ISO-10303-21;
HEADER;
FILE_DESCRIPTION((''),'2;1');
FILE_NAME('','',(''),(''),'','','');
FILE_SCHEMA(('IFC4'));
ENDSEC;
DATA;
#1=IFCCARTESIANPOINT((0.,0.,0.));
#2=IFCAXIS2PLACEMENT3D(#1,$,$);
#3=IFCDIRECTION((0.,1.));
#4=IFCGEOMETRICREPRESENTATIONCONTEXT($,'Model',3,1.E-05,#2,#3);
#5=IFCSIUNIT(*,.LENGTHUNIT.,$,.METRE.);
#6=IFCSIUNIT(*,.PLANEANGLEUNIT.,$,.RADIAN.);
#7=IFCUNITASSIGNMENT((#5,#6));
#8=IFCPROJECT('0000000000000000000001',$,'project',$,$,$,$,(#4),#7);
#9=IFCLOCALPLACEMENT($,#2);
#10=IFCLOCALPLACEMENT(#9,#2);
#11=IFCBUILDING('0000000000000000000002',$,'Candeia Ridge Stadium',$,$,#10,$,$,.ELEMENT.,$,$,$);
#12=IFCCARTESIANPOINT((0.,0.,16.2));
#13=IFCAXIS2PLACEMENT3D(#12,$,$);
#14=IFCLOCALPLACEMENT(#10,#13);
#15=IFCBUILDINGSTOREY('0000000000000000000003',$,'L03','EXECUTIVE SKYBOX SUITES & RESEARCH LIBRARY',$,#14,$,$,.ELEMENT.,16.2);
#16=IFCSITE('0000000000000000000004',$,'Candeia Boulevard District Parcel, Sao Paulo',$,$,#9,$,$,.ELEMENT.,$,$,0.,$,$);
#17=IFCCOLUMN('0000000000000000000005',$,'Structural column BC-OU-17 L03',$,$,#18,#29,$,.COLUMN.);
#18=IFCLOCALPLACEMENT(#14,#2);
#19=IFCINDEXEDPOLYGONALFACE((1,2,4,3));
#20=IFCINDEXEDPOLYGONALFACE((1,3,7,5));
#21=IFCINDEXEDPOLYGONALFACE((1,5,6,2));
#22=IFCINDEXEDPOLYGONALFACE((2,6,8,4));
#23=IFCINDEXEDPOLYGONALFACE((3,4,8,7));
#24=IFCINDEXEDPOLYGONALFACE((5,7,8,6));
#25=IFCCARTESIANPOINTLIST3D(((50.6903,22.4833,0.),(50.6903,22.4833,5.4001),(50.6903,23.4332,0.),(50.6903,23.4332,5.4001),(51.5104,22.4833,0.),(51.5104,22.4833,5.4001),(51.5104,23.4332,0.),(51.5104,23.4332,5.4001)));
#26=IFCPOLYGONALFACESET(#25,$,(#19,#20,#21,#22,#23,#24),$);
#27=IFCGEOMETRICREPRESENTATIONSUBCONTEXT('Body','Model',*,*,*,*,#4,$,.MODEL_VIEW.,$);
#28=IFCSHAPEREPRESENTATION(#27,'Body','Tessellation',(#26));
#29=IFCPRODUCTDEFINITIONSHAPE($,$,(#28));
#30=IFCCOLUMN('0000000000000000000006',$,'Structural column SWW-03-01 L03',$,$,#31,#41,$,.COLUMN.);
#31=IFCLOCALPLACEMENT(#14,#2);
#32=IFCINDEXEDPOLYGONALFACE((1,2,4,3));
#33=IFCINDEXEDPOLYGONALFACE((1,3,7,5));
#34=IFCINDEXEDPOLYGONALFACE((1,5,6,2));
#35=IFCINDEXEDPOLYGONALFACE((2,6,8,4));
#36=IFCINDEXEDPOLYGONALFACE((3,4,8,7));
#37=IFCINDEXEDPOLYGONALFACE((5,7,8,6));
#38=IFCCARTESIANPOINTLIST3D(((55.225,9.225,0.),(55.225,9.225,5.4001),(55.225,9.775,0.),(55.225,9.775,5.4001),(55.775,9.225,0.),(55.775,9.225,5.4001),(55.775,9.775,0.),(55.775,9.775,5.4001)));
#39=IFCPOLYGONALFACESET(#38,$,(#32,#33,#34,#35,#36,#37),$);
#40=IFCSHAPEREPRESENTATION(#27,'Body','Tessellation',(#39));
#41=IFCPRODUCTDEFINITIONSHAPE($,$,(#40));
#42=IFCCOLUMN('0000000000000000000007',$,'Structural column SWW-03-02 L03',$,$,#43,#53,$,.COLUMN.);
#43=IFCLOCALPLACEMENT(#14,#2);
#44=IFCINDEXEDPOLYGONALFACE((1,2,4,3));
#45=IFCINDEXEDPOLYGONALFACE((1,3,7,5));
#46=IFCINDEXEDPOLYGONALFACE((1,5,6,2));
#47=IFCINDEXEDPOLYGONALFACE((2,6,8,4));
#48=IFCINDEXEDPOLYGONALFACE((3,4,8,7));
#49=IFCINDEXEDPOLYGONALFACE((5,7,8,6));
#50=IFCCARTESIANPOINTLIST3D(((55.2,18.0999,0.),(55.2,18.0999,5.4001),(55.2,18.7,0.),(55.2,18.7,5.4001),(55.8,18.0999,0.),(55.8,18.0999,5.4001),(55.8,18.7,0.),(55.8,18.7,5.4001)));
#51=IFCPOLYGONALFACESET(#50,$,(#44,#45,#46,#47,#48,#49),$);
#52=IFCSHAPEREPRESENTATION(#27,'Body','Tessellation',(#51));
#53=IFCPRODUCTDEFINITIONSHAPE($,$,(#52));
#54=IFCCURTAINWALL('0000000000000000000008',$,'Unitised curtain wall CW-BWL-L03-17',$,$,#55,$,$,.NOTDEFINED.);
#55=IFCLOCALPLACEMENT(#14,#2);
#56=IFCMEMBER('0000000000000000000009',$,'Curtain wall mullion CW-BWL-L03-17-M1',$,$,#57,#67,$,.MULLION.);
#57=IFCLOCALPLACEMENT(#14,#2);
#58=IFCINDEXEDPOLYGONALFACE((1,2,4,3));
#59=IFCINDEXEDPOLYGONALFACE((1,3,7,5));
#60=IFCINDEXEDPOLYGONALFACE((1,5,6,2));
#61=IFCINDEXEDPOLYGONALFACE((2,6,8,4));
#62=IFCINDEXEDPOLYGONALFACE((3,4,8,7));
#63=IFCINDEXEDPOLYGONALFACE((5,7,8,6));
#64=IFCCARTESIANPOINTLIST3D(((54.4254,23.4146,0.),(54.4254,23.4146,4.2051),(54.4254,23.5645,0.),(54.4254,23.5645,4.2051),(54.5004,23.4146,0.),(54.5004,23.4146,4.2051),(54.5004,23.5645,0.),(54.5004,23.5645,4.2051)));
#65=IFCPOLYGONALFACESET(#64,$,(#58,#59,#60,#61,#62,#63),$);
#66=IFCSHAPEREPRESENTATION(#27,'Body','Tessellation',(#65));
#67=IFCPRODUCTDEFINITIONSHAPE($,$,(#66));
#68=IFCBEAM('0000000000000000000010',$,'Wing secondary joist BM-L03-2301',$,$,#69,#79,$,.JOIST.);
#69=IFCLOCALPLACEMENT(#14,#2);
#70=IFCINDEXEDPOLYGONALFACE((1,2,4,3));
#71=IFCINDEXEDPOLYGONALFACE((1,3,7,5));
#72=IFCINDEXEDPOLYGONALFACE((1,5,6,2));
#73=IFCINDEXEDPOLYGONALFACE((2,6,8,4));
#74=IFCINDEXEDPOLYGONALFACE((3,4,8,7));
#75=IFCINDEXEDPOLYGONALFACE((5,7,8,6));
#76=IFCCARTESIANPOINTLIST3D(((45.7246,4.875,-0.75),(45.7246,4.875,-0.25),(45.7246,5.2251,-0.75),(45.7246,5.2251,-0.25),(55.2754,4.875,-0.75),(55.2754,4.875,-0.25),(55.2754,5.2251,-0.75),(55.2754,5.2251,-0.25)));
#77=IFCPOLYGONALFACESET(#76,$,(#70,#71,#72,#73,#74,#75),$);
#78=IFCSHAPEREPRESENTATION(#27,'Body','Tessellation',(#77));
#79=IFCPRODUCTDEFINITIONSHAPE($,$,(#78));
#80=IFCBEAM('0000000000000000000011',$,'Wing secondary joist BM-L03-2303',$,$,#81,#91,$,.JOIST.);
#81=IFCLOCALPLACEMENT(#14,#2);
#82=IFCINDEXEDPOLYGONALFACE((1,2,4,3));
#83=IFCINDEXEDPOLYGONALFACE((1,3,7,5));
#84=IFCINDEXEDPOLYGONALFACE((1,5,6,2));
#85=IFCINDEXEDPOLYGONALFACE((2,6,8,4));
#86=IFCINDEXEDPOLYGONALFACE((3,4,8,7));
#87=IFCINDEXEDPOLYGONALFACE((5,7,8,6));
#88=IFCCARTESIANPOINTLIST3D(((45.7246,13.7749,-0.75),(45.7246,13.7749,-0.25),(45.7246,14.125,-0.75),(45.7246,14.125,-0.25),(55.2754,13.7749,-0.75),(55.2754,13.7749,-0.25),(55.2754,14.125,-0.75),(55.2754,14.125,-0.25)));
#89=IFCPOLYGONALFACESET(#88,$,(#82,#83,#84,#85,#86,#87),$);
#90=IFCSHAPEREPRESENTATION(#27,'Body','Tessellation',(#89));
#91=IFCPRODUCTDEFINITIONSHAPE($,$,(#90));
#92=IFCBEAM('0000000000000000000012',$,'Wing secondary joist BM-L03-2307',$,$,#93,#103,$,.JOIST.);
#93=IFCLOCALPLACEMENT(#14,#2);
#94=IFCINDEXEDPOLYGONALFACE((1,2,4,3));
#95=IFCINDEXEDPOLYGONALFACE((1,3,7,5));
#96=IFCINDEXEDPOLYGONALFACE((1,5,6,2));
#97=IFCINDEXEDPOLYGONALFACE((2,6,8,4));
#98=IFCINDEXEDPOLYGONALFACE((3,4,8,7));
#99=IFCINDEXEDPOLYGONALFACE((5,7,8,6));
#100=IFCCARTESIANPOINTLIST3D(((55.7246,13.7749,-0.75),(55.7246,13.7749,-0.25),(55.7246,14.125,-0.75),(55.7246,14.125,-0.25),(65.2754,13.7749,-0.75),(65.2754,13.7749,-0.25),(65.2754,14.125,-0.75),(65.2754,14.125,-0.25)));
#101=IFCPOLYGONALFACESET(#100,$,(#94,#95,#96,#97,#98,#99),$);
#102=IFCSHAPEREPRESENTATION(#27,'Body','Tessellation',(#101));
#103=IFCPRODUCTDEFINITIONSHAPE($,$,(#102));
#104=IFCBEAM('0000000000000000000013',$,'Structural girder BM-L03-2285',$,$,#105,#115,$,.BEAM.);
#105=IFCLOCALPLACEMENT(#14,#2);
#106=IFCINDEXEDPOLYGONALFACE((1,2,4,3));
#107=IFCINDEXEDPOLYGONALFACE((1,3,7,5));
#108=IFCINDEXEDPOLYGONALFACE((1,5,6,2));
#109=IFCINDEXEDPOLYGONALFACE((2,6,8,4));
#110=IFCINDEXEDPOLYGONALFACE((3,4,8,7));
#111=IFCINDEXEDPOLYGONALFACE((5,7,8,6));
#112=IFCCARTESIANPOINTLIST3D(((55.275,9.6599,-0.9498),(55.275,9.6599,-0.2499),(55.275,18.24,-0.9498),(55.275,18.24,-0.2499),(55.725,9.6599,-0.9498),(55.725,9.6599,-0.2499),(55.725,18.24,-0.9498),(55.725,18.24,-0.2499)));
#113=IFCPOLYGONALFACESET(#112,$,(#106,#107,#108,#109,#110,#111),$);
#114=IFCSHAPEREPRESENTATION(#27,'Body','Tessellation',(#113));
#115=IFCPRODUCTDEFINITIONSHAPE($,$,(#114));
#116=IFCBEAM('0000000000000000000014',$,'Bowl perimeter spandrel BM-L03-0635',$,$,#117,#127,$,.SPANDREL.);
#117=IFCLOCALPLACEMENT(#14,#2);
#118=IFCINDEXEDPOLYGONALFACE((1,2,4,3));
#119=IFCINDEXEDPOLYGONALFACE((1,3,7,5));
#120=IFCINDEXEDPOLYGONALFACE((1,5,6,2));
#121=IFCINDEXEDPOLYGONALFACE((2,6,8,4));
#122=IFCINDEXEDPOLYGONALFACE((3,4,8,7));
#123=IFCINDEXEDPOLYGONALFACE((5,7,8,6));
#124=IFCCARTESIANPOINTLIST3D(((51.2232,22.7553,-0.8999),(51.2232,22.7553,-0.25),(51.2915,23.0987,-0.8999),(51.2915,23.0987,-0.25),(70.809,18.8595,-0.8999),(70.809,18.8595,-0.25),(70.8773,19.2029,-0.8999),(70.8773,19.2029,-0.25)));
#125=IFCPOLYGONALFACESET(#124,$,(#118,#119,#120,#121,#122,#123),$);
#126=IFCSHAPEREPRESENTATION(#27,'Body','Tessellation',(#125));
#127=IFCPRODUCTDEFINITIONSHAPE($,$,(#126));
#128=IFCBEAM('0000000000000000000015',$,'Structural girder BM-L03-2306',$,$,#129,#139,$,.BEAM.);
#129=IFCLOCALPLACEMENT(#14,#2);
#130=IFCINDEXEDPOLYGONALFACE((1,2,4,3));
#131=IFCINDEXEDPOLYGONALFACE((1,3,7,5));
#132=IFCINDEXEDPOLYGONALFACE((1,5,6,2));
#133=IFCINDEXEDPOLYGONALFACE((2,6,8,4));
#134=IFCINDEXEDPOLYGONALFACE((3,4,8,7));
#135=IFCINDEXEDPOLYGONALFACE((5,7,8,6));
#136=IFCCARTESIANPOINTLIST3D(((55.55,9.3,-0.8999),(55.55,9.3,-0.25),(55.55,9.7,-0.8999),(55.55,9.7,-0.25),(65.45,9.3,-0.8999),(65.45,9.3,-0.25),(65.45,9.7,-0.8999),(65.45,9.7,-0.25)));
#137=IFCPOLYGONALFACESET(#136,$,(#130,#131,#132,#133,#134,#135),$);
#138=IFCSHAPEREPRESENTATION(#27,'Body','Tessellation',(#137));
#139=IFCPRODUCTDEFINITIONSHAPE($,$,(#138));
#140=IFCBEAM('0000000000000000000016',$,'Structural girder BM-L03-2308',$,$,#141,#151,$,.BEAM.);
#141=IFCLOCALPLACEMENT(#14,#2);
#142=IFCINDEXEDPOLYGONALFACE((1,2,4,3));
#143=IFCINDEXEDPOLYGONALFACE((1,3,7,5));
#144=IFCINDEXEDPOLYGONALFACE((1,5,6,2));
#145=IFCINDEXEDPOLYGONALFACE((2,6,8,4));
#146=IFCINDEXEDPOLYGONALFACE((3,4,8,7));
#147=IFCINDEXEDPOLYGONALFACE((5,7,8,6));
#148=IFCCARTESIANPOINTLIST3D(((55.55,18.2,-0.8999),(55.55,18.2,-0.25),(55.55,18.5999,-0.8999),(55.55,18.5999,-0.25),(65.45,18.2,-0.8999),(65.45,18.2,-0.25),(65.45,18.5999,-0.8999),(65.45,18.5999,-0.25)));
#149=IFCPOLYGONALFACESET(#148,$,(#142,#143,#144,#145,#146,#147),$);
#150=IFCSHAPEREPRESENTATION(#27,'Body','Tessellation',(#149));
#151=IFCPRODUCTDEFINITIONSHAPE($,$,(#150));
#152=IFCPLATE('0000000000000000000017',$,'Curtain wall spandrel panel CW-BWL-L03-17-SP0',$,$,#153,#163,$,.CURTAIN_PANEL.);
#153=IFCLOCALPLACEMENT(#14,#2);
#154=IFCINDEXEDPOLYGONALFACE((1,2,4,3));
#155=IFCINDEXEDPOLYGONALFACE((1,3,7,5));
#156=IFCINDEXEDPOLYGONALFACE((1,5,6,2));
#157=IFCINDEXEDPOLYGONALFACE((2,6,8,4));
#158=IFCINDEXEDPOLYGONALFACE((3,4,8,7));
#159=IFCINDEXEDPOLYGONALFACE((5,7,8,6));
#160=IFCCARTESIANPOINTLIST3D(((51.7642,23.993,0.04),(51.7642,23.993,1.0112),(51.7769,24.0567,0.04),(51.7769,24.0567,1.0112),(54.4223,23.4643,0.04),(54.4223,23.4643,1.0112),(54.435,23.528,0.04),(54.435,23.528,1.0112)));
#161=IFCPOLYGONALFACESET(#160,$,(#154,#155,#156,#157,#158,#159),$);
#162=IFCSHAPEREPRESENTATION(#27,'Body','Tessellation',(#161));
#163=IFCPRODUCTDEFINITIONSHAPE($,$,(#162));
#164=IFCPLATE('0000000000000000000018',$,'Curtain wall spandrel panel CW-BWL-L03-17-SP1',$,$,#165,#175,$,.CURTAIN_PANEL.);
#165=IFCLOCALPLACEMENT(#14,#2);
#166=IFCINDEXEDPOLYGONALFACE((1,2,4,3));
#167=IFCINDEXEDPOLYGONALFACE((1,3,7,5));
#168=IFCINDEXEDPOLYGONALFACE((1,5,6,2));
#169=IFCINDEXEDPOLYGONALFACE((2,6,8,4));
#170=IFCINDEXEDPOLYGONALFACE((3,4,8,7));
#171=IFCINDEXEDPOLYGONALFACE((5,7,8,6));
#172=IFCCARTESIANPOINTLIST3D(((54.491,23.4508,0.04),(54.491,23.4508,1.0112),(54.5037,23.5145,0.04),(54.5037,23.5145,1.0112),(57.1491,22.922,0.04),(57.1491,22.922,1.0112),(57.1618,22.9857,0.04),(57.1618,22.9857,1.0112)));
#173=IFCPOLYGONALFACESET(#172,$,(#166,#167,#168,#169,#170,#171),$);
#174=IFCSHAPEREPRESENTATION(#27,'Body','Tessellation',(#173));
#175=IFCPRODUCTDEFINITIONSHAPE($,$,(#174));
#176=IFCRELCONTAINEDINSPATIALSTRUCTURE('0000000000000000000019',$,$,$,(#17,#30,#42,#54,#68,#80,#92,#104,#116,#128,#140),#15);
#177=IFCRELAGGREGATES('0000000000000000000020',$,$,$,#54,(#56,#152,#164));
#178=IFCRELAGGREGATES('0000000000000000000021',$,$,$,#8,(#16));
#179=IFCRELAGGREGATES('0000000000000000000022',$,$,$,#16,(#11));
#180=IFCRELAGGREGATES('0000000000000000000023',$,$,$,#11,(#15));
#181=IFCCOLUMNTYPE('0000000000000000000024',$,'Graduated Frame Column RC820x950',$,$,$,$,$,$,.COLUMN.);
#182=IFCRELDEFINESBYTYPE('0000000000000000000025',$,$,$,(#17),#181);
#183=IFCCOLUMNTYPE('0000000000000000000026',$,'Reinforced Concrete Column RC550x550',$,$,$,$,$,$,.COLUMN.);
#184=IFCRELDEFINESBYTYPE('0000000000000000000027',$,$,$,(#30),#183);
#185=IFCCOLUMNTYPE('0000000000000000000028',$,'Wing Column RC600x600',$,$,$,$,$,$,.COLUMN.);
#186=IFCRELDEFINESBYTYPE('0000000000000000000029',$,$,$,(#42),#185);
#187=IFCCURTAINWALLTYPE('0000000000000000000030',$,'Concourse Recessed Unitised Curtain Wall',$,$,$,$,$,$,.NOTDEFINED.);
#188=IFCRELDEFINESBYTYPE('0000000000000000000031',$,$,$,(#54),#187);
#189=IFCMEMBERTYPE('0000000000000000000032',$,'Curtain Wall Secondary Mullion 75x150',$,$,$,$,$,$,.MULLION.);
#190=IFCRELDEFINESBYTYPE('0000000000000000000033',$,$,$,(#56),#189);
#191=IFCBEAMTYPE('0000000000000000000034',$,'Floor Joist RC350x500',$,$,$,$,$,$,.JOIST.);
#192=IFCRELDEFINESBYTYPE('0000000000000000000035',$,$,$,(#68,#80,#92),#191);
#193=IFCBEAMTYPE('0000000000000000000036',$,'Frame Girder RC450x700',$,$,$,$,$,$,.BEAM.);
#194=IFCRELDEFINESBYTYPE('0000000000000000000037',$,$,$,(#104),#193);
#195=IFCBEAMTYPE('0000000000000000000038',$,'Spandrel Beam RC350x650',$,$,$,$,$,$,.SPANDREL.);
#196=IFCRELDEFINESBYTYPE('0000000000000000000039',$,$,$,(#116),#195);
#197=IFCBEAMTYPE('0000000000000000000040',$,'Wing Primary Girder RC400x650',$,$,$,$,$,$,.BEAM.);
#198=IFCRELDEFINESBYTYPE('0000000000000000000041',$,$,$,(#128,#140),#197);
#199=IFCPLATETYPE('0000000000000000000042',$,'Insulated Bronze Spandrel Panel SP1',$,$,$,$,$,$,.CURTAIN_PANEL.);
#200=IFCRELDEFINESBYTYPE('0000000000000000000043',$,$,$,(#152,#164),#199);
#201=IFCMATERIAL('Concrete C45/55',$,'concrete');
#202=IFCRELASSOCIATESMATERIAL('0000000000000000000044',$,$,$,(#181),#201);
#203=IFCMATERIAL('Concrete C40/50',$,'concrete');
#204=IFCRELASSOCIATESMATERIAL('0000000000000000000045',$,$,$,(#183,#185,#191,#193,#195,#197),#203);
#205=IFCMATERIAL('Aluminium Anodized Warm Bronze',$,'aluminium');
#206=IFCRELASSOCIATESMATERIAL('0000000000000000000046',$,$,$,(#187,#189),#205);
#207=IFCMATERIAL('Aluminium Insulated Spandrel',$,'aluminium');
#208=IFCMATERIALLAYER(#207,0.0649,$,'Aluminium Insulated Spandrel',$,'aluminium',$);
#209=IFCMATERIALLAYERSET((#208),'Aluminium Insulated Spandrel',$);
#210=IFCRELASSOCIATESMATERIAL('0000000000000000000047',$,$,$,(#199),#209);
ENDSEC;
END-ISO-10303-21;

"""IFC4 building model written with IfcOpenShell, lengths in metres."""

from ifc_helpers import new_model, si_unit, direction, frame, origin, origin_2d, place, context, subcontext, project, spatial, rectangle, extrude, material, layer, layer_set, material_profile, profile_set, type_object, element, aggregate, save


model = new_model("IFC4")

# Units and contexts
model_context = context("Model", 3, precision=1e-05, world=origin(), true_north=direction((0.0, 1.0)))
body_context = subcontext(model_context, "Body", "Model", "MODEL_VIEW")
ifc_project = project(units=[si_unit("LENGTHUNIT", "METRE"), si_unit("PLANEANGLEUNIT", "RADIAN")], contexts=[model_context])

# Site, building, storey
site_placement = place(None, origin())
site = spatial("IfcSite", under=ifc_project, at=site_placement, Name="Candeia Boulevard District Parcel, Sao Paulo", CompositionType="ELEMENT", RefElevation=0.0)
building_placement = place(site_placement, origin())
building = spatial("IfcBuilding", under=site, at=building_placement, Name="Candeia Ridge Stadium", CompositionType="ELEMENT")
storey_placement = place(building_placement, frame((0.0, 0.0, 16.2)))
storey = spatial("IfcBuildingStorey", under=building, at=storey_placement, Name="L03", Description="EXECUTIVE SKYBOX SUITES & RESEARCH LIBRARY", CompositionType="ELEMENT", Elevation=16.2)

# Columns
ifc_material_1 = material(Name="Concrete C45/55", Category="concrete")
ifc_material_profile_1 = material_profile(ifc_material_1, rectangle(XDim=0.8201, YDim=0.95, at=origin_2d()), Name="RC820x950", Category="concrete")
ifc_profile_set_1 = profile_set([ifc_material_profile_1], Name="Concrete C45/55")
column_type_1 = type_object("IfcColumnType", Name="Graduated Frame Column RC820x950", PredefinedType="COLUMN", material=ifc_profile_set_1)
column_1_placement = place(storey_placement, frame((51.1003, 22.9583, 0.0), z_axis=(0.0, 0.0, 1.0), x_axis=(1.0, 0.0, 0.0)))
element("IfcColumn", 1, at=column_1_placement, inside=storey, type_object=column_type_1, Name="Structural column BC-OU-17 L03", PredefinedType="COLUMN", context=body_context, shape_type="SweptSolid", body=[
    extrude(rectangle(XDim=0.8201, YDim=0.95, at=origin_2d()), origin(), (0.0, 0.0, 1.0), 5.4001),
])
ifc_material_2 = material(Name="Concrete C40/50", Category="concrete")
ifc_material_profile_2 = material_profile(ifc_material_2, rectangle(XDim=0.55, YDim=0.55, at=origin_2d()), Name="RC550x550", Category="concrete")
ifc_profile_set_2 = profile_set([ifc_material_profile_2], Name="Concrete C40/50")
column_type_2 = type_object("IfcColumnType", Name="Reinforced Concrete Column RC550x550", PredefinedType="COLUMN", material=ifc_profile_set_2)
column_2_placement = place(storey_placement, frame((55.5, 9.5, 0.0), z_axis=(0.0, 0.0, 1.0), x_axis=(1.0, 0.0, 0.0)))
element("IfcColumn", 2, at=column_2_placement, inside=storey, type_object=column_type_2, Name="Structural column SWW-03-01 L03", PredefinedType="COLUMN", context=body_context, shape_type="SweptSolid", body=[
    extrude(rectangle(XDim=0.55, YDim=0.55, at=origin_2d()), origin(), (0.0, 0.0, 1.0), 5.4001),
])
ifc_material_profile_3 = material_profile(ifc_material_2, rectangle(XDim=0.6001, YDim=0.6001, at=origin_2d()), Name="RC600x600", Category="concrete")
ifc_profile_set_3 = profile_set([ifc_material_profile_3], Name="Concrete C40/50")
column_type_3 = type_object("IfcColumnType", Name="Wing Column RC600x600", PredefinedType="COLUMN", material=ifc_profile_set_3)
column_3_placement = place(storey_placement, frame((55.5, 18.3999, 0.0), z_axis=(0.0, 0.0, 1.0), x_axis=(1.0, 0.0, 0.0)))
element("IfcColumn", 3, at=column_3_placement, inside=storey, type_object=column_type_3, Name="Structural column SWW-03-02 L03", PredefinedType="COLUMN", context=body_context, shape_type="SweptSolid", body=[
    extrude(rectangle(XDim=0.6001, YDim=0.6001, at=origin_2d()), origin(), (0.0, 0.0, 1.0), 5.4001),
])

# Curtain wall, member
ifc_material_3 = material(Name="Aluminium Anodized Warm Bronze", Category="aluminium")
curtain_wall_type = type_object("IfcCurtainWallType", Name="Concourse Recessed Unitised Curtain Wall", PredefinedType="NOTDEFINED", material=ifc_material_3)
curtain_wall_placement = place(storey_placement, origin())
curtain_wall = element("IfcCurtainWall", 4, at=curtain_wall_placement, inside=storey, type_object=curtain_wall_type, Name="Unitised curtain wall CW-BWL-L03-17", PredefinedType="NOTDEFINED")
ifc_material_profile_4 = material_profile(ifc_material_3, rectangle(XDim=0.075, YDim=0.1499, at=origin_2d()), Name="CWM-75x150", Category="aluminium")
ifc_profile_set_4 = profile_set([ifc_material_profile_4], Name="Aluminium Anodized Warm Bronze")
member_type = type_object("IfcMemberType", Name="Curtain Wall Secondary Mullion 75x150", PredefinedType="MULLION", material=ifc_profile_set_4)
member_placement = place(storey_placement, frame((54.4629, 23.4895, 0.0), z_axis=(0.0, 0.0, 1.0), x_axis=(1.0, 0.0, 0.0)))
member = element("IfcMember", 5, at=member_placement, type_object=member_type, Name="Curtain wall mullion CW-BWL-L03-17-M1", PredefinedType="MULLION", context=body_context, shape_type="SweptSolid", body=[
    extrude(rectangle(XDim=0.075, YDim=0.1499, at=origin_2d()), origin(), (0.0, 0.0, 1.0), 4.2051),
])

# Beams
ifc_material_profile_5 = material_profile(ifc_material_2, rectangle(XDim=0.3501, YDim=0.5, at=origin_2d()), Name="RC350x500", Category="concrete")
ifc_profile_set_5 = profile_set([ifc_material_profile_5], Name="Concrete C40/50")
beam_type_1 = type_object("IfcBeamType", Name="Floor Joist RC350x500", PredefinedType="JOIST", material=ifc_profile_set_5)
for number, where, z_axis, x_axis, name in (
    (6, (45.7246, 5.05, -0.5), (1.0, 0.0, 0.0), (0.0, 1.0, 0.0), "Wing secondary joist BM-L03-2301"),
    (7, (45.7246, 13.95, -0.5), (1.0, 0.0, 0.0), (0.0, 1.0, 0.0), "Wing secondary joist BM-L03-2303"),
    (8, (55.7246, 13.95, -0.5), (1.0, 0.0, 0.0), (0.0, 1.0, 0.0), "Wing secondary joist BM-L03-2307"),
):
    element("IfcBeam", number, at=place(storey_placement, frame(where, z_axis=z_axis, x_axis=x_axis)), inside=storey, type_object=beam_type_1, Name=name, PredefinedType="JOIST", context=body_context, shape_type="SweptSolid", body=[
        extrude(rectangle(XDim=0.3501, YDim=0.5, at=origin_2d()), origin(), (0.0, 0.0, 1.0), 9.5508),
    ])
ifc_material_profile_6 = material_profile(ifc_material_2, rectangle(XDim=0.45, YDim=0.7, at=origin_2d()), Name="RC450x700", Category="concrete")
ifc_profile_set_6 = profile_set([ifc_material_profile_6], Name="Concrete C40/50")
beam_type_2 = type_object("IfcBeamType", Name="Frame Girder RC450x700", PredefinedType="BEAM", material=ifc_profile_set_6)
beam_1_placement = place(storey_placement, frame((55.5, 9.6599, -0.5999), z_axis=(0.0, 1.0, 0.0), x_axis=(-1.0, 0.0, 0.0)))
element("IfcBeam", 9, at=beam_1_placement, inside=storey, type_object=beam_type_2, Name="Structural girder BM-L03-2285", PredefinedType="BEAM", context=body_context, shape_type="SweptSolid", body=[
    extrude(rectangle(XDim=0.45, YDim=0.7, at=origin_2d()), origin(), (0.0, 0.0, 1.0), 8.5801),
])
ifc_material_profile_7 = material_profile(ifc_material_2, rectangle(XDim=0.3501, YDim=0.6499, at=origin_2d()), Name="RC350x650", Category="concrete")
ifc_profile_set_7 = profile_set([ifc_material_profile_7], Name="Concrete C40/50")
beam_type_3 = type_object("IfcBeamType", Name="Spandrel Beam RC350x650", PredefinedType="SPANDREL", material=ifc_profile_set_7)
beam_2_placement = place(storey_placement, frame((51.2573, 22.927, -0.575), z_axis=(0.980786, -0.195086, 0.0), x_axis=(0.195086, 0.980786, 0.0)))
element("IfcBeam", 10, at=beam_2_placement, inside=storey, type_object=beam_type_3, Name="Bowl perimeter spandrel BM-L03-0635", PredefinedType="SPANDREL", context=body_context, shape_type="SweptSolid", body=[
    extrude(rectangle(XDim=0.3501, YDim=0.6499, at=origin_2d()), origin(), (0.0, 0.0, 1.0), 19.9695),
])
ifc_material_profile_8 = material_profile(ifc_material_2, rectangle(XDim=0.3999, YDim=0.6499, at=origin_2d()), Name="RC400x650", Category="concrete")
ifc_profile_set_8 = profile_set([ifc_material_profile_8], Name="Concrete C40/50")
beam_type_4 = type_object("IfcBeamType", Name="Wing Primary Girder RC400x650", PredefinedType="BEAM", material=ifc_profile_set_8)
for number, where, z_axis, x_axis, name in (
    (11, (55.55, 9.5, -0.575), (1.0, 0.0, 0.0), (0.0, 1.0, 0.0), "Structural girder BM-L03-2306"),
    (12, (55.55, 18.3999, -0.575), (1.0, 0.0, 0.0), (0.0, 1.0, 0.0), "Structural girder BM-L03-2308"),
):
    element("IfcBeam", number, at=place(storey_placement, frame(where, z_axis=z_axis, x_axis=x_axis)), inside=storey, type_object=beam_type_4, Name=name, PredefinedType="BEAM", context=body_context, shape_type="SweptSolid", body=[
        extrude(rectangle(XDim=0.3999, YDim=0.6499, at=origin_2d()), origin(), (0.0, 0.0, 1.0), 9.8999),
    ])

# Plates
ifc_material_4 = material(Name="Aluminium Insulated Spandrel", Category="aluminium")
ifc_layer_1 = layer(ifc_material_4, 0.0649, Name="Aluminium Insulated Spandrel", Category="aluminium")
ifc_layer_set_1 = layer_set([ifc_layer_1], Name="Aluminium Insulated Spandrel")
plate_type_1 = type_object("IfcPlateType", Name="Insulated Bronze Spandrel Panel SP1", PredefinedType="CURTAIN_PANEL", material=ifc_layer_set_1)
plate_1_placement = place(storey_placement, frame((53.0996, 23.7605, 0.04), z_axis=(0.0, 0.0, 1.0), x_axis=(0.980785, -0.19509, 0.0)))
plate_1 = element("IfcPlate", 13, at=plate_1_placement, type_object=plate_type_1, Name="Curtain wall spandrel panel CW-BWL-L03-17-SP0", PredefinedType="CURTAIN_PANEL", context=body_context, shape_type="SweptSolid", body=[
    extrude(rectangle(XDim=2.7102, YDim=0.0649, at=origin_2d()), origin(), (0.0, 0.0, 1.0), 0.9712),
])
plate_2_placement = place(storey_placement, frame((55.8264, 23.2183, 0.04), z_axis=(0.0, 0.0, 1.0), x_axis=(0.980785, -0.19509, 0.0)))
plate_2 = element("IfcPlate", 14, at=plate_2_placement, type_object=plate_type_1, Name="Curtain wall spandrel panel CW-BWL-L03-17-SP1", PredefinedType="CURTAIN_PANEL", context=body_context, shape_type="SweptSolid", body=[
    extrude(rectangle(XDim=2.7102, YDim=0.0649, at=origin_2d()), origin(), (0.0, 0.0, 1.0), 0.9712),
])
aggregate(curtain_wall, [member, plate_1, plate_2])

save(model, "model.ifc")
